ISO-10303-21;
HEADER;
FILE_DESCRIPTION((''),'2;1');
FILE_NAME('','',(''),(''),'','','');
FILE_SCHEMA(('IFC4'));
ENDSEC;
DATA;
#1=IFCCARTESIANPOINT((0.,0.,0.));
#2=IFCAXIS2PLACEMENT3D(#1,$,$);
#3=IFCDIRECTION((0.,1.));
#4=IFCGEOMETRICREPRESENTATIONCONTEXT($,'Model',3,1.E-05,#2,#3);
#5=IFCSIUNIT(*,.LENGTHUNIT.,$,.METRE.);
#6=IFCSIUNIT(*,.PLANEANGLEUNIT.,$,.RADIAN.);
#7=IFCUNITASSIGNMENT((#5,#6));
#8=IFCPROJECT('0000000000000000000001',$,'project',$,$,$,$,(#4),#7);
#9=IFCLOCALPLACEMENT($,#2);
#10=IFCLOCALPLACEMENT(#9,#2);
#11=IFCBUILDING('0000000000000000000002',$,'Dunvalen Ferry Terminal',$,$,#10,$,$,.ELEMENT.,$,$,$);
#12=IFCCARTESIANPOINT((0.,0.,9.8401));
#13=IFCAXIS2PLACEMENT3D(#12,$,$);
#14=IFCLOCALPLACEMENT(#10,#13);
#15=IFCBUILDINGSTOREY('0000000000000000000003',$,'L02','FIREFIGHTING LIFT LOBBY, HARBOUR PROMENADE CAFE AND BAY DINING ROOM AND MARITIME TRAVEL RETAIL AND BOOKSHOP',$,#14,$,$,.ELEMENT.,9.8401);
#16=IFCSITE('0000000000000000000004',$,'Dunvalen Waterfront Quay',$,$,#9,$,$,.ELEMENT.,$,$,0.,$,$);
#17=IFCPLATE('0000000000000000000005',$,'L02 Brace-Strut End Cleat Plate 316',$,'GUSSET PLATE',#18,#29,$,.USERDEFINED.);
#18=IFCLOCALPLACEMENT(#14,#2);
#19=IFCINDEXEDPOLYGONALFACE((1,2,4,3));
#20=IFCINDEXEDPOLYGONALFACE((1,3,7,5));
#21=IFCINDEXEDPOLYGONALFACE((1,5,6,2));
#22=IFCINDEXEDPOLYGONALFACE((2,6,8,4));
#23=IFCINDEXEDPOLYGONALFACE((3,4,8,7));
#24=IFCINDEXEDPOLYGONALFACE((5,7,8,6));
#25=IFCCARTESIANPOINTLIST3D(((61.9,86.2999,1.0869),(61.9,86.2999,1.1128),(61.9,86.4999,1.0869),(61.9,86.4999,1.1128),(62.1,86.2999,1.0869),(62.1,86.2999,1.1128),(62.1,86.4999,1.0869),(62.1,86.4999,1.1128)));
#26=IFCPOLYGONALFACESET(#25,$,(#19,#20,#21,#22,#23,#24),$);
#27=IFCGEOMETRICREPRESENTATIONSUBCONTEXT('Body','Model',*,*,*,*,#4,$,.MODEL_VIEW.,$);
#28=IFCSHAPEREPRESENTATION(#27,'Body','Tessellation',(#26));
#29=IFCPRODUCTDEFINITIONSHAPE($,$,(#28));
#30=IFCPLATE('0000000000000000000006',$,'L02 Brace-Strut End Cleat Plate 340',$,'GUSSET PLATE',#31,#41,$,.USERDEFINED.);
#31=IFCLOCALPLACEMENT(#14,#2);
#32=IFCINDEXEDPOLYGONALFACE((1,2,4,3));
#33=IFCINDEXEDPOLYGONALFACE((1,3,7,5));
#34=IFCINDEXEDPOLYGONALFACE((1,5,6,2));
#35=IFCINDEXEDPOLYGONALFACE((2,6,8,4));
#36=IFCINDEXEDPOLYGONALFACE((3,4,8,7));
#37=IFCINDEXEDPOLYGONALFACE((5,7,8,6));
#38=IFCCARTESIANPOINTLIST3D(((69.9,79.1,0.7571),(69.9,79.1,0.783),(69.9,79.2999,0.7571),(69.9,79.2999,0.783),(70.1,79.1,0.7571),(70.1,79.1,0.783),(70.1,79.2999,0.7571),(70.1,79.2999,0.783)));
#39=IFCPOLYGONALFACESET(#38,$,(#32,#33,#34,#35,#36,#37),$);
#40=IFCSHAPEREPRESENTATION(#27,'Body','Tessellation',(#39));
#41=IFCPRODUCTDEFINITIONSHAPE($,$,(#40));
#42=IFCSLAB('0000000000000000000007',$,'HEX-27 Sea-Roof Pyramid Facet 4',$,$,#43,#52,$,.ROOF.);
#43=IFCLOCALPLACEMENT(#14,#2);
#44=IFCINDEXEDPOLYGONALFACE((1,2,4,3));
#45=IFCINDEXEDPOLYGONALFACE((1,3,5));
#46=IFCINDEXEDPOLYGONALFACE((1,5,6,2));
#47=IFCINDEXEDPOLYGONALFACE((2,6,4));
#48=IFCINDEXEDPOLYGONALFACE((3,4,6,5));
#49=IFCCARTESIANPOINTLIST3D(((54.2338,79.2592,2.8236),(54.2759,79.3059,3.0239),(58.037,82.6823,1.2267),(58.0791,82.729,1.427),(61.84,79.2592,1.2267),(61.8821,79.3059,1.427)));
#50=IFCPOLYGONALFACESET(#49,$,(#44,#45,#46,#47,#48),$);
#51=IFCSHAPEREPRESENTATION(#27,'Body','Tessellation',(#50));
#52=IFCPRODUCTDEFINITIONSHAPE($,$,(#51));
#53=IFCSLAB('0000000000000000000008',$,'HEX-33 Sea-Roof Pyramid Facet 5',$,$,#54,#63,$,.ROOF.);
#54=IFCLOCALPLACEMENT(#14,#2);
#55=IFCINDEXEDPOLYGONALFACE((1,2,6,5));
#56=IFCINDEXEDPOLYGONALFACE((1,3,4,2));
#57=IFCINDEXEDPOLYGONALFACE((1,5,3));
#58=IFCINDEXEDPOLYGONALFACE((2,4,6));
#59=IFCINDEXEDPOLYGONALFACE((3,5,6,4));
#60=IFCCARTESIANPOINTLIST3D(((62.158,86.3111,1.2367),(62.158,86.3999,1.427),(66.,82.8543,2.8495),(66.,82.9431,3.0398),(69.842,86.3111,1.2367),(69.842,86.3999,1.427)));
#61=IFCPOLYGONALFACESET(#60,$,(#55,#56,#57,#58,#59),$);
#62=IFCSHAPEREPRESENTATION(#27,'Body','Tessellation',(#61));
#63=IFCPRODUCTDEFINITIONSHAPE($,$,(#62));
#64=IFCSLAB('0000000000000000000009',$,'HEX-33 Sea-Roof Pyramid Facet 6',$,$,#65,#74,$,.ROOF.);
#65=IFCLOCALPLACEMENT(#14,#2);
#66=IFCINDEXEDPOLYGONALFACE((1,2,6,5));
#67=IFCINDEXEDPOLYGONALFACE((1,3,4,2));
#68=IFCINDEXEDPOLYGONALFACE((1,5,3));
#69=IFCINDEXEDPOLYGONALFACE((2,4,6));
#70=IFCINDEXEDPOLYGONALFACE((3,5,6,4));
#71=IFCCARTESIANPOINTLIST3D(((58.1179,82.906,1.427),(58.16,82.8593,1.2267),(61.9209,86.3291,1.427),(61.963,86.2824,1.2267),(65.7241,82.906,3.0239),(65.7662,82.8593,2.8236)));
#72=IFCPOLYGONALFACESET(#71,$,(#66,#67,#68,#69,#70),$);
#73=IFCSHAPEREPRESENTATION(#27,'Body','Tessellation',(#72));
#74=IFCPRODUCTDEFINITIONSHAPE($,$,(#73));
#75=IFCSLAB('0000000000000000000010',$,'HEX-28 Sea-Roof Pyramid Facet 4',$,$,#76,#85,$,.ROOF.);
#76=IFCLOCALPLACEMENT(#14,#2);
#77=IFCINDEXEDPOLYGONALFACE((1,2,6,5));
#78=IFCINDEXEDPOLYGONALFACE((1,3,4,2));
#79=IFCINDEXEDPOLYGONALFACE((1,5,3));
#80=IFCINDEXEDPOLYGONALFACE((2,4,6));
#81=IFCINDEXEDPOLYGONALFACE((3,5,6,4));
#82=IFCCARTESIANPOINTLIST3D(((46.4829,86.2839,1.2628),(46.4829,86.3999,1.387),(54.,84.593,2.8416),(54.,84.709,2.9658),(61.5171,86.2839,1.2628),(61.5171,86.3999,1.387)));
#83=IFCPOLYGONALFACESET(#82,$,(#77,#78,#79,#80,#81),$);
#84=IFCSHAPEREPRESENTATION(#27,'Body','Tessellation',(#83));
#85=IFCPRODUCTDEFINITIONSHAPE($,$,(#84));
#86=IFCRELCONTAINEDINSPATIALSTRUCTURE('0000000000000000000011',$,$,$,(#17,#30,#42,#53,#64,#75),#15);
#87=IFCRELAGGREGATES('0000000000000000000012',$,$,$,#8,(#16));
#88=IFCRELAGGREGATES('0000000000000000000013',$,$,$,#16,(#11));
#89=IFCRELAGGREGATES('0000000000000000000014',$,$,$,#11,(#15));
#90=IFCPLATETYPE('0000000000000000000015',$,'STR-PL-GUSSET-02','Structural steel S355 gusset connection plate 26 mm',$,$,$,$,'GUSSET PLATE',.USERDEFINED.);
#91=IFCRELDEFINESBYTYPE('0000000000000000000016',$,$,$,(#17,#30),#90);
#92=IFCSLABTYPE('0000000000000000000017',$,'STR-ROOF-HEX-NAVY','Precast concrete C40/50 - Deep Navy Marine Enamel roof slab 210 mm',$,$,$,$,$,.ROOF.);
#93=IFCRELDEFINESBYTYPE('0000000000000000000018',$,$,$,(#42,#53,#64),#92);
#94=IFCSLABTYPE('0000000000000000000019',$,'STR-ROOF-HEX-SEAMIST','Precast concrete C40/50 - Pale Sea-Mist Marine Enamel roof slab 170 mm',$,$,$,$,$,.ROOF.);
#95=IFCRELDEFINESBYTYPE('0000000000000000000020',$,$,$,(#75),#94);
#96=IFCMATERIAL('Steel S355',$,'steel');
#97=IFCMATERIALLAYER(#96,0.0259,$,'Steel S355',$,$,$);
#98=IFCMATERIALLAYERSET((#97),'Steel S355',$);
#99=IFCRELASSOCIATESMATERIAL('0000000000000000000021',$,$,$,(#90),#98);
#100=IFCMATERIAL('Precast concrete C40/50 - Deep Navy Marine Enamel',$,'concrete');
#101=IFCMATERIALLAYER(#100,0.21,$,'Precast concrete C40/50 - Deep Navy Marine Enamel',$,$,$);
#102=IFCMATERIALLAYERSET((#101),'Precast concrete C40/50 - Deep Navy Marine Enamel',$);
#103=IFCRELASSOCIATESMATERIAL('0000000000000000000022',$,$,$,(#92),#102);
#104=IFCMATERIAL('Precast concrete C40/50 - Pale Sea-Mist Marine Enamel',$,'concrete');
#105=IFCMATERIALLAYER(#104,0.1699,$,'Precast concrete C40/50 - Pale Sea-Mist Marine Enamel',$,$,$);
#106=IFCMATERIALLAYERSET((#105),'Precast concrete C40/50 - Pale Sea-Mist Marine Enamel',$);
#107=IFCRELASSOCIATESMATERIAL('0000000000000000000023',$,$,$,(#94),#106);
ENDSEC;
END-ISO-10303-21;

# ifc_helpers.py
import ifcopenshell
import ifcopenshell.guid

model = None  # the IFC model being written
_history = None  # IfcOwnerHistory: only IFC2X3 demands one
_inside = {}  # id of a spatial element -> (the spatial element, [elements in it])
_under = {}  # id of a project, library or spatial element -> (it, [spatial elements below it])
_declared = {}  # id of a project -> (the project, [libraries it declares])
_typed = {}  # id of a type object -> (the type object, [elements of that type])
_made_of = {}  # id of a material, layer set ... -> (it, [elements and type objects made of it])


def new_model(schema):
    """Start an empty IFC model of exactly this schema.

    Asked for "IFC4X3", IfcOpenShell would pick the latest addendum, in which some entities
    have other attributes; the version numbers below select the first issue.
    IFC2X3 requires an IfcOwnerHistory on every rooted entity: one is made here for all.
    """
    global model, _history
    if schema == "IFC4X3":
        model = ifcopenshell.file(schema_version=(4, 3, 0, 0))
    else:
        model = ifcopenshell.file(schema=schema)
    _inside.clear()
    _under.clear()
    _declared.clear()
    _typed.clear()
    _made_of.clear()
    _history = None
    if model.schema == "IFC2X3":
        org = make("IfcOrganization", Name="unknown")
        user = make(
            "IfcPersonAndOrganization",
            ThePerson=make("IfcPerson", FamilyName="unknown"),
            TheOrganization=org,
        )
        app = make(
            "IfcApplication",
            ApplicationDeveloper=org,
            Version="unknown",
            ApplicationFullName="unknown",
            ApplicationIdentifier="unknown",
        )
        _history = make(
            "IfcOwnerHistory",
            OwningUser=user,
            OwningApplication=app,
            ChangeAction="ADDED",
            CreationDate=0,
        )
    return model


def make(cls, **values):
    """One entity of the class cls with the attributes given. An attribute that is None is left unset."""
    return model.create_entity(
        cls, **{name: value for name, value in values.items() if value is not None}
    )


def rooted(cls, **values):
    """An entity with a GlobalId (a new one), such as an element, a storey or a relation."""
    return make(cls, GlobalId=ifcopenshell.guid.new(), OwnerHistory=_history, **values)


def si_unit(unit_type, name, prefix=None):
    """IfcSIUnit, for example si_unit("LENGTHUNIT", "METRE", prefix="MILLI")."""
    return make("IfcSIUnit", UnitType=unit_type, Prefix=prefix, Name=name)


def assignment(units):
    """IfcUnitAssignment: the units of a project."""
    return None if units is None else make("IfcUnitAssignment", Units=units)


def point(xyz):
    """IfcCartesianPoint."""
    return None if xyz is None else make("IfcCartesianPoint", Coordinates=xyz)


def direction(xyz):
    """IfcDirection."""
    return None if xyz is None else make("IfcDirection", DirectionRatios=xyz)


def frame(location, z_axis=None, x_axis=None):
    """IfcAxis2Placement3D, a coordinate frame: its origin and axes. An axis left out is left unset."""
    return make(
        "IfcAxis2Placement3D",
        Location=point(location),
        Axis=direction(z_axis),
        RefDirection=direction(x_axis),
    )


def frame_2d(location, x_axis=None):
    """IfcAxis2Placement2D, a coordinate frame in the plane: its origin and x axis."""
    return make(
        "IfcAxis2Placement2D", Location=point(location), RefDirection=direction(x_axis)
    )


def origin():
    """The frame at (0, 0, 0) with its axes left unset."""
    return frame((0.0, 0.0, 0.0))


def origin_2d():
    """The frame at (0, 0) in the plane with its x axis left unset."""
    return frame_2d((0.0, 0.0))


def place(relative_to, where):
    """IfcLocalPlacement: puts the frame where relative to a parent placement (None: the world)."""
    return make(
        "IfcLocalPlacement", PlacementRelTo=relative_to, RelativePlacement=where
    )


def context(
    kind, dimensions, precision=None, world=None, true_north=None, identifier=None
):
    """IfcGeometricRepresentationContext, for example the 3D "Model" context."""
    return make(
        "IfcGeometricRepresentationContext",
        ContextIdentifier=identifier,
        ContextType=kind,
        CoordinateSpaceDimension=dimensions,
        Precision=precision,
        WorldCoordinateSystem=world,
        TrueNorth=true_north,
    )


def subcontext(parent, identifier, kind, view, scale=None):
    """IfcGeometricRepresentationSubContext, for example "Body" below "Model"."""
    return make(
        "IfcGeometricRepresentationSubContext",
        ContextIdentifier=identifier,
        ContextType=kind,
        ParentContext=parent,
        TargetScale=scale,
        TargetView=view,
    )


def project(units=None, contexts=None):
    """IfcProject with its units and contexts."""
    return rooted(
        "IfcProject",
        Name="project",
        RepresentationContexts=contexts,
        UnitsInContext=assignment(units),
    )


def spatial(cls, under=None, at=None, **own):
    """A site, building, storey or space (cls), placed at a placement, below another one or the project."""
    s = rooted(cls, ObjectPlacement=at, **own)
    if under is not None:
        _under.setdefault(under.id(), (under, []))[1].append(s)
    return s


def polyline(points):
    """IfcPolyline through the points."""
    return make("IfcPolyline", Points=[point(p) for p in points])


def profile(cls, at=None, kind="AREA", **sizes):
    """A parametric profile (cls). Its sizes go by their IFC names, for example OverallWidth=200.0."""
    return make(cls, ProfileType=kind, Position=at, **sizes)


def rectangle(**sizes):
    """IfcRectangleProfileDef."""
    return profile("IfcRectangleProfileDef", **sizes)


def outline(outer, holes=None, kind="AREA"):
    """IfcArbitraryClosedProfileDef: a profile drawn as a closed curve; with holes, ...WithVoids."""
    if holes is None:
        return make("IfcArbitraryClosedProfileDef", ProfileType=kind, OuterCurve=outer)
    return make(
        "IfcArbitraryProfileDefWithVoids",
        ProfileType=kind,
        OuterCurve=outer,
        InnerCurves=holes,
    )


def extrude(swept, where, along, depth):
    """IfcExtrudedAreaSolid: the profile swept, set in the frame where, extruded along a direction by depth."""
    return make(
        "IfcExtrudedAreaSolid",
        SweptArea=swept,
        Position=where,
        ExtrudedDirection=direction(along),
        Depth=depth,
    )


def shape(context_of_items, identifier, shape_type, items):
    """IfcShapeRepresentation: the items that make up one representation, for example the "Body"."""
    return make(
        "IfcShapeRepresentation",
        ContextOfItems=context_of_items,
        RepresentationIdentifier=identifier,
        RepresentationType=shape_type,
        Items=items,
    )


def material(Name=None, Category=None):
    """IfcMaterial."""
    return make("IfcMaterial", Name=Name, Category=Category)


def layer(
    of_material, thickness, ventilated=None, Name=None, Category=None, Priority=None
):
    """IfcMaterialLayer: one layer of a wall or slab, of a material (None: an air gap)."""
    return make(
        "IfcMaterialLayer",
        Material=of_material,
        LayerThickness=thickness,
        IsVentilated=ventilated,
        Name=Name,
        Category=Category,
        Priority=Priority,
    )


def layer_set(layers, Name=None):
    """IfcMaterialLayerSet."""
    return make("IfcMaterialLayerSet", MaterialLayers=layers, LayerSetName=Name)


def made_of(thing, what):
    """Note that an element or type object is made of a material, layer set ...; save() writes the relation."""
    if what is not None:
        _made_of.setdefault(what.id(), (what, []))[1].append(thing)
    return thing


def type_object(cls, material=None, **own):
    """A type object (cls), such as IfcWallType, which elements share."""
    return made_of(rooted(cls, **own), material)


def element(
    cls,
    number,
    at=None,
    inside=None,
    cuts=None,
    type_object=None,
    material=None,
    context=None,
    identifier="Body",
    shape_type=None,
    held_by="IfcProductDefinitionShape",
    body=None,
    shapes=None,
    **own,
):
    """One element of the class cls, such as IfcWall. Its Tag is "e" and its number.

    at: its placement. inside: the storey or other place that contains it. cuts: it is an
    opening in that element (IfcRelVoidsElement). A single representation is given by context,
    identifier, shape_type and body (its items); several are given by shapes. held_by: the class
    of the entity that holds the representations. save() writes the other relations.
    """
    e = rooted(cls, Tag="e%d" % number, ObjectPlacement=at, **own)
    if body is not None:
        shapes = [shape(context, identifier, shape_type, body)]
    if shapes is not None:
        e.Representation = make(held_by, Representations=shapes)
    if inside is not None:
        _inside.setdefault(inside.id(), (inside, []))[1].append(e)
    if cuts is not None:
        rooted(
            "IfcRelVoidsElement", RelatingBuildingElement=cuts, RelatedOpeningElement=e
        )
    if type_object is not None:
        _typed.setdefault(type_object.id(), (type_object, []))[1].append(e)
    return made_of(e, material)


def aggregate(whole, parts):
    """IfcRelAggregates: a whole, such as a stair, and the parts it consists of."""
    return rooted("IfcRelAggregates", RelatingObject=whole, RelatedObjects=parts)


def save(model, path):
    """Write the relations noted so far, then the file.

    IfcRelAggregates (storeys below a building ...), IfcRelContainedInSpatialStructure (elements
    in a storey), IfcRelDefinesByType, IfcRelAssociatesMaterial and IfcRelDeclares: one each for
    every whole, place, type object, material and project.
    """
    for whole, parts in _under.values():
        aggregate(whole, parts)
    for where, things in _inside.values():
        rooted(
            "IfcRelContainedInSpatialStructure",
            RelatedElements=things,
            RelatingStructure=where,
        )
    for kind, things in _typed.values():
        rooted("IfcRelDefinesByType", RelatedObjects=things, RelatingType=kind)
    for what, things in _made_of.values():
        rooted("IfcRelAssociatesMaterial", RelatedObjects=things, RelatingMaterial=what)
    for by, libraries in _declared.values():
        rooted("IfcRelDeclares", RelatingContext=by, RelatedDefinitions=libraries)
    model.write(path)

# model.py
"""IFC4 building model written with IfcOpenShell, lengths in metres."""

from ifc_helpers import new_model, si_unit, direction, frame, origin, origin_2d, place, context, subcontext, project, spatial, polyline, rectangle, outline, extrude, material, layer, layer_set, type_object, element, save


model = new_model("IFC4")

# Units and contexts
model_context = context("Model", 3, precision=1e-05, world=origin(), true_north=direction((0.0, 1.0)))
body_context = subcontext(model_context, "Body", "Model", "MODEL_VIEW")
ifc_project = project(units=[si_unit("LENGTHUNIT", "METRE"), si_unit("PLANEANGLEUNIT", "RADIAN")], contexts=[model_context])

# Site, building, storey
site_placement = place(None, origin())
site = spatial("IfcSite", under=ifc_project, at=site_placement, Name="Dunvalen Waterfront Quay", CompositionType="ELEMENT", RefElevation=0.0)
building_placement = place(site_placement, origin())
building = spatial("IfcBuilding", under=site, at=building_placement, Name="Dunvalen Ferry Terminal", CompositionType="ELEMENT")
storey_placement = place(building_placement, frame((0.0, 0.0, 9.8401)))
storey = spatial("IfcBuildingStorey", under=building, at=storey_placement, Name="L02", Description="FIREFIGHTING LIFT LOBBY, HARBOUR PROMENADE CAFE AND BAY DINING ROOM AND MARITIME TRAVEL RETAIL AND BOOKSHOP", CompositionType="ELEMENT", Elevation=9.8401)

# Shared definitions
ifc_material_1 = material(Name="Steel S355", Category="steel")

# Plates
ifc_layer_1 = layer(ifc_material_1, 0.0259, Name="Steel S355")
ifc_layer_set_1 = layer_set([ifc_layer_1], Name="Steel S355")
plate_type_1 = type_object("IfcPlateType", Name="STR-PL-GUSSET-02", Description="Structural steel S355 gusset connection plate 26 mm", ElementType="GUSSET PLATE", PredefinedType="USERDEFINED", material=ifc_layer_set_1)
for number, where, z_axis, x_axis, name in (
    (1, (62.0, 86.3999, 1.0869), (0.0, 0.0, 1.0), (1.0, 0.0, 0.0), "L02 Brace-Strut End Cleat Plate 316"),
    (2, (70.0, 79.2, 0.7571), (0.0, 0.0, 1.0), (1.0, 0.0, 0.0), "L02 Brace-Strut End Cleat Plate 340"),
):
    element("IfcPlate", number, at=place(storey_placement, frame(where, z_axis=z_axis, x_axis=x_axis)), inside=storey, type_object=plate_type_1, Name=name, ObjectType="GUSSET PLATE", PredefinedType="USERDEFINED", context=body_context, shape_type="SweptSolid", body=[
        extrude(rectangle(XDim=0.2, YDim=0.2, at=origin_2d()), origin(), (0.0, 0.0, 1.0), 0.0259),
    ])

# Slabs
ifc_material_2 = material(Name="Precast concrete C40/50 - Deep Navy Marine Enamel", Category="concrete")
ifc_layer_2 = layer(ifc_material_2, 0.21, Name="Precast concrete C40/50 - Deep Navy Marine Enamel")
ifc_layer_set_2 = layer_set([ifc_layer_2], Name="Precast concrete C40/50 - Deep Navy Marine Enamel")
slab_type_1 = type_object("IfcSlabType", Name="STR-ROOF-HEX-NAVY", Description="Precast concrete C40/50 - Deep Navy Marine Enamel roof slab 210 mm", PredefinedType="ROOF", material=ifc_layer_set_2)
slab_1_placement = place(storey_placement, frame((61.8821, 79.3059, 1.427), z_axis=(0.200318, 0.222548, 0.95412), x_axis=(-0.743254, 0.66901, 0.0)))
element("IfcSlab", 3, at=slab_1_placement, inside=storey, type_object=slab_type_1, Name="HEX-27 Sea-Roof Pyramid Facet 4", PredefinedType="ROOF", context=body_context, shape_type="SweptSolid", body=[
    extrude(outline(polyline([(0.0, 0.0), (5.1167, 0.0), (5.6533, 5.3333), (0.0, 0.0)])), origin(), (0.0, 0.0, -1.0), 0.21),
])
slab_2_placement = place(storey_placement, frame((69.842, 86.3999, 1.427), z_axis=(0.0, 0.422805, 0.906221), x_axis=(-1.0, 0.0, 0.0)))
element("IfcSlab", 4, at=slab_2_placement, inside=storey, type_object=slab_type_1, Name="HEX-33 Sea-Roof Pyramid Facet 5", PredefinedType="ROOF", context=body_context, shape_type="SweptSolid", body=[
    extrude(outline(polyline([(0.0, 0.0), (7.6841, 0.0), (3.842, 3.8145), (0.0, 0.0)])), origin(), (0.0, 0.0, -1.0), 0.21),
])
slab_3_placement = place(storey_placement, frame((61.9209, 86.3291, 1.427), z_axis=(-0.200318, 0.222548, 0.95412), x_axis=(-0.743254, -0.66901, 0.0)))
element("IfcSlab", 5, at=slab_3_placement, inside=storey, type_object=slab_type_1, Name="HEX-33 Sea-Roof Pyramid Facet 6", PredefinedType="ROOF", context=body_context, shape_type="SweptSolid", body=[
    extrude(outline(polyline([(0.0, 0.0), (5.1167, 0.0), (-0.5367, 5.3333), (0.0, 0.0)])), origin(), (0.0, 0.0, -1.0), 0.21),
])
ifc_material_3 = material(Name="Precast concrete C40/50 - Pale Sea-Mist Marine Enamel", Category="concrete")
ifc_layer_3 = layer(ifc_material_3, 0.1699, Name="Precast concrete C40/50 - Pale Sea-Mist Marine Enamel")
ifc_layer_set_3 = layer_set([ifc_layer_3], Name="Precast concrete C40/50 - Pale Sea-Mist Marine Enamel")
slab_type_2 = type_object("IfcSlabType", Name="STR-ROOF-HEX-SEAMIST", Description="Precast concrete C40/50 - Pale Sea-Mist Marine Enamel roof slab 170 mm", PredefinedType="ROOF", material=ifc_layer_set_3)
slab_4_placement = place(storey_placement, frame((61.5171, 86.3999, 1.387), z_axis=(0.0, 0.682472, 0.730911), x_axis=(-1.0, 0.0, 0.0)))
element("IfcSlab", 6, at=slab_4_placement, inside=storey, type_object=slab_type_2, Name="HEX-28 Sea-Roof Pyramid Facet 4", PredefinedType="ROOF", context=body_context, shape_type="SweptSolid", body=[
    extrude(outline(polyline([(0.0, 0.0), (15.0342, 0.0), (7.5171, 2.3134), (0.0, 0.0)])), origin(), (0.0, 0.0, -1.0), 0.1699),
])

save(model, "model.ifc")
